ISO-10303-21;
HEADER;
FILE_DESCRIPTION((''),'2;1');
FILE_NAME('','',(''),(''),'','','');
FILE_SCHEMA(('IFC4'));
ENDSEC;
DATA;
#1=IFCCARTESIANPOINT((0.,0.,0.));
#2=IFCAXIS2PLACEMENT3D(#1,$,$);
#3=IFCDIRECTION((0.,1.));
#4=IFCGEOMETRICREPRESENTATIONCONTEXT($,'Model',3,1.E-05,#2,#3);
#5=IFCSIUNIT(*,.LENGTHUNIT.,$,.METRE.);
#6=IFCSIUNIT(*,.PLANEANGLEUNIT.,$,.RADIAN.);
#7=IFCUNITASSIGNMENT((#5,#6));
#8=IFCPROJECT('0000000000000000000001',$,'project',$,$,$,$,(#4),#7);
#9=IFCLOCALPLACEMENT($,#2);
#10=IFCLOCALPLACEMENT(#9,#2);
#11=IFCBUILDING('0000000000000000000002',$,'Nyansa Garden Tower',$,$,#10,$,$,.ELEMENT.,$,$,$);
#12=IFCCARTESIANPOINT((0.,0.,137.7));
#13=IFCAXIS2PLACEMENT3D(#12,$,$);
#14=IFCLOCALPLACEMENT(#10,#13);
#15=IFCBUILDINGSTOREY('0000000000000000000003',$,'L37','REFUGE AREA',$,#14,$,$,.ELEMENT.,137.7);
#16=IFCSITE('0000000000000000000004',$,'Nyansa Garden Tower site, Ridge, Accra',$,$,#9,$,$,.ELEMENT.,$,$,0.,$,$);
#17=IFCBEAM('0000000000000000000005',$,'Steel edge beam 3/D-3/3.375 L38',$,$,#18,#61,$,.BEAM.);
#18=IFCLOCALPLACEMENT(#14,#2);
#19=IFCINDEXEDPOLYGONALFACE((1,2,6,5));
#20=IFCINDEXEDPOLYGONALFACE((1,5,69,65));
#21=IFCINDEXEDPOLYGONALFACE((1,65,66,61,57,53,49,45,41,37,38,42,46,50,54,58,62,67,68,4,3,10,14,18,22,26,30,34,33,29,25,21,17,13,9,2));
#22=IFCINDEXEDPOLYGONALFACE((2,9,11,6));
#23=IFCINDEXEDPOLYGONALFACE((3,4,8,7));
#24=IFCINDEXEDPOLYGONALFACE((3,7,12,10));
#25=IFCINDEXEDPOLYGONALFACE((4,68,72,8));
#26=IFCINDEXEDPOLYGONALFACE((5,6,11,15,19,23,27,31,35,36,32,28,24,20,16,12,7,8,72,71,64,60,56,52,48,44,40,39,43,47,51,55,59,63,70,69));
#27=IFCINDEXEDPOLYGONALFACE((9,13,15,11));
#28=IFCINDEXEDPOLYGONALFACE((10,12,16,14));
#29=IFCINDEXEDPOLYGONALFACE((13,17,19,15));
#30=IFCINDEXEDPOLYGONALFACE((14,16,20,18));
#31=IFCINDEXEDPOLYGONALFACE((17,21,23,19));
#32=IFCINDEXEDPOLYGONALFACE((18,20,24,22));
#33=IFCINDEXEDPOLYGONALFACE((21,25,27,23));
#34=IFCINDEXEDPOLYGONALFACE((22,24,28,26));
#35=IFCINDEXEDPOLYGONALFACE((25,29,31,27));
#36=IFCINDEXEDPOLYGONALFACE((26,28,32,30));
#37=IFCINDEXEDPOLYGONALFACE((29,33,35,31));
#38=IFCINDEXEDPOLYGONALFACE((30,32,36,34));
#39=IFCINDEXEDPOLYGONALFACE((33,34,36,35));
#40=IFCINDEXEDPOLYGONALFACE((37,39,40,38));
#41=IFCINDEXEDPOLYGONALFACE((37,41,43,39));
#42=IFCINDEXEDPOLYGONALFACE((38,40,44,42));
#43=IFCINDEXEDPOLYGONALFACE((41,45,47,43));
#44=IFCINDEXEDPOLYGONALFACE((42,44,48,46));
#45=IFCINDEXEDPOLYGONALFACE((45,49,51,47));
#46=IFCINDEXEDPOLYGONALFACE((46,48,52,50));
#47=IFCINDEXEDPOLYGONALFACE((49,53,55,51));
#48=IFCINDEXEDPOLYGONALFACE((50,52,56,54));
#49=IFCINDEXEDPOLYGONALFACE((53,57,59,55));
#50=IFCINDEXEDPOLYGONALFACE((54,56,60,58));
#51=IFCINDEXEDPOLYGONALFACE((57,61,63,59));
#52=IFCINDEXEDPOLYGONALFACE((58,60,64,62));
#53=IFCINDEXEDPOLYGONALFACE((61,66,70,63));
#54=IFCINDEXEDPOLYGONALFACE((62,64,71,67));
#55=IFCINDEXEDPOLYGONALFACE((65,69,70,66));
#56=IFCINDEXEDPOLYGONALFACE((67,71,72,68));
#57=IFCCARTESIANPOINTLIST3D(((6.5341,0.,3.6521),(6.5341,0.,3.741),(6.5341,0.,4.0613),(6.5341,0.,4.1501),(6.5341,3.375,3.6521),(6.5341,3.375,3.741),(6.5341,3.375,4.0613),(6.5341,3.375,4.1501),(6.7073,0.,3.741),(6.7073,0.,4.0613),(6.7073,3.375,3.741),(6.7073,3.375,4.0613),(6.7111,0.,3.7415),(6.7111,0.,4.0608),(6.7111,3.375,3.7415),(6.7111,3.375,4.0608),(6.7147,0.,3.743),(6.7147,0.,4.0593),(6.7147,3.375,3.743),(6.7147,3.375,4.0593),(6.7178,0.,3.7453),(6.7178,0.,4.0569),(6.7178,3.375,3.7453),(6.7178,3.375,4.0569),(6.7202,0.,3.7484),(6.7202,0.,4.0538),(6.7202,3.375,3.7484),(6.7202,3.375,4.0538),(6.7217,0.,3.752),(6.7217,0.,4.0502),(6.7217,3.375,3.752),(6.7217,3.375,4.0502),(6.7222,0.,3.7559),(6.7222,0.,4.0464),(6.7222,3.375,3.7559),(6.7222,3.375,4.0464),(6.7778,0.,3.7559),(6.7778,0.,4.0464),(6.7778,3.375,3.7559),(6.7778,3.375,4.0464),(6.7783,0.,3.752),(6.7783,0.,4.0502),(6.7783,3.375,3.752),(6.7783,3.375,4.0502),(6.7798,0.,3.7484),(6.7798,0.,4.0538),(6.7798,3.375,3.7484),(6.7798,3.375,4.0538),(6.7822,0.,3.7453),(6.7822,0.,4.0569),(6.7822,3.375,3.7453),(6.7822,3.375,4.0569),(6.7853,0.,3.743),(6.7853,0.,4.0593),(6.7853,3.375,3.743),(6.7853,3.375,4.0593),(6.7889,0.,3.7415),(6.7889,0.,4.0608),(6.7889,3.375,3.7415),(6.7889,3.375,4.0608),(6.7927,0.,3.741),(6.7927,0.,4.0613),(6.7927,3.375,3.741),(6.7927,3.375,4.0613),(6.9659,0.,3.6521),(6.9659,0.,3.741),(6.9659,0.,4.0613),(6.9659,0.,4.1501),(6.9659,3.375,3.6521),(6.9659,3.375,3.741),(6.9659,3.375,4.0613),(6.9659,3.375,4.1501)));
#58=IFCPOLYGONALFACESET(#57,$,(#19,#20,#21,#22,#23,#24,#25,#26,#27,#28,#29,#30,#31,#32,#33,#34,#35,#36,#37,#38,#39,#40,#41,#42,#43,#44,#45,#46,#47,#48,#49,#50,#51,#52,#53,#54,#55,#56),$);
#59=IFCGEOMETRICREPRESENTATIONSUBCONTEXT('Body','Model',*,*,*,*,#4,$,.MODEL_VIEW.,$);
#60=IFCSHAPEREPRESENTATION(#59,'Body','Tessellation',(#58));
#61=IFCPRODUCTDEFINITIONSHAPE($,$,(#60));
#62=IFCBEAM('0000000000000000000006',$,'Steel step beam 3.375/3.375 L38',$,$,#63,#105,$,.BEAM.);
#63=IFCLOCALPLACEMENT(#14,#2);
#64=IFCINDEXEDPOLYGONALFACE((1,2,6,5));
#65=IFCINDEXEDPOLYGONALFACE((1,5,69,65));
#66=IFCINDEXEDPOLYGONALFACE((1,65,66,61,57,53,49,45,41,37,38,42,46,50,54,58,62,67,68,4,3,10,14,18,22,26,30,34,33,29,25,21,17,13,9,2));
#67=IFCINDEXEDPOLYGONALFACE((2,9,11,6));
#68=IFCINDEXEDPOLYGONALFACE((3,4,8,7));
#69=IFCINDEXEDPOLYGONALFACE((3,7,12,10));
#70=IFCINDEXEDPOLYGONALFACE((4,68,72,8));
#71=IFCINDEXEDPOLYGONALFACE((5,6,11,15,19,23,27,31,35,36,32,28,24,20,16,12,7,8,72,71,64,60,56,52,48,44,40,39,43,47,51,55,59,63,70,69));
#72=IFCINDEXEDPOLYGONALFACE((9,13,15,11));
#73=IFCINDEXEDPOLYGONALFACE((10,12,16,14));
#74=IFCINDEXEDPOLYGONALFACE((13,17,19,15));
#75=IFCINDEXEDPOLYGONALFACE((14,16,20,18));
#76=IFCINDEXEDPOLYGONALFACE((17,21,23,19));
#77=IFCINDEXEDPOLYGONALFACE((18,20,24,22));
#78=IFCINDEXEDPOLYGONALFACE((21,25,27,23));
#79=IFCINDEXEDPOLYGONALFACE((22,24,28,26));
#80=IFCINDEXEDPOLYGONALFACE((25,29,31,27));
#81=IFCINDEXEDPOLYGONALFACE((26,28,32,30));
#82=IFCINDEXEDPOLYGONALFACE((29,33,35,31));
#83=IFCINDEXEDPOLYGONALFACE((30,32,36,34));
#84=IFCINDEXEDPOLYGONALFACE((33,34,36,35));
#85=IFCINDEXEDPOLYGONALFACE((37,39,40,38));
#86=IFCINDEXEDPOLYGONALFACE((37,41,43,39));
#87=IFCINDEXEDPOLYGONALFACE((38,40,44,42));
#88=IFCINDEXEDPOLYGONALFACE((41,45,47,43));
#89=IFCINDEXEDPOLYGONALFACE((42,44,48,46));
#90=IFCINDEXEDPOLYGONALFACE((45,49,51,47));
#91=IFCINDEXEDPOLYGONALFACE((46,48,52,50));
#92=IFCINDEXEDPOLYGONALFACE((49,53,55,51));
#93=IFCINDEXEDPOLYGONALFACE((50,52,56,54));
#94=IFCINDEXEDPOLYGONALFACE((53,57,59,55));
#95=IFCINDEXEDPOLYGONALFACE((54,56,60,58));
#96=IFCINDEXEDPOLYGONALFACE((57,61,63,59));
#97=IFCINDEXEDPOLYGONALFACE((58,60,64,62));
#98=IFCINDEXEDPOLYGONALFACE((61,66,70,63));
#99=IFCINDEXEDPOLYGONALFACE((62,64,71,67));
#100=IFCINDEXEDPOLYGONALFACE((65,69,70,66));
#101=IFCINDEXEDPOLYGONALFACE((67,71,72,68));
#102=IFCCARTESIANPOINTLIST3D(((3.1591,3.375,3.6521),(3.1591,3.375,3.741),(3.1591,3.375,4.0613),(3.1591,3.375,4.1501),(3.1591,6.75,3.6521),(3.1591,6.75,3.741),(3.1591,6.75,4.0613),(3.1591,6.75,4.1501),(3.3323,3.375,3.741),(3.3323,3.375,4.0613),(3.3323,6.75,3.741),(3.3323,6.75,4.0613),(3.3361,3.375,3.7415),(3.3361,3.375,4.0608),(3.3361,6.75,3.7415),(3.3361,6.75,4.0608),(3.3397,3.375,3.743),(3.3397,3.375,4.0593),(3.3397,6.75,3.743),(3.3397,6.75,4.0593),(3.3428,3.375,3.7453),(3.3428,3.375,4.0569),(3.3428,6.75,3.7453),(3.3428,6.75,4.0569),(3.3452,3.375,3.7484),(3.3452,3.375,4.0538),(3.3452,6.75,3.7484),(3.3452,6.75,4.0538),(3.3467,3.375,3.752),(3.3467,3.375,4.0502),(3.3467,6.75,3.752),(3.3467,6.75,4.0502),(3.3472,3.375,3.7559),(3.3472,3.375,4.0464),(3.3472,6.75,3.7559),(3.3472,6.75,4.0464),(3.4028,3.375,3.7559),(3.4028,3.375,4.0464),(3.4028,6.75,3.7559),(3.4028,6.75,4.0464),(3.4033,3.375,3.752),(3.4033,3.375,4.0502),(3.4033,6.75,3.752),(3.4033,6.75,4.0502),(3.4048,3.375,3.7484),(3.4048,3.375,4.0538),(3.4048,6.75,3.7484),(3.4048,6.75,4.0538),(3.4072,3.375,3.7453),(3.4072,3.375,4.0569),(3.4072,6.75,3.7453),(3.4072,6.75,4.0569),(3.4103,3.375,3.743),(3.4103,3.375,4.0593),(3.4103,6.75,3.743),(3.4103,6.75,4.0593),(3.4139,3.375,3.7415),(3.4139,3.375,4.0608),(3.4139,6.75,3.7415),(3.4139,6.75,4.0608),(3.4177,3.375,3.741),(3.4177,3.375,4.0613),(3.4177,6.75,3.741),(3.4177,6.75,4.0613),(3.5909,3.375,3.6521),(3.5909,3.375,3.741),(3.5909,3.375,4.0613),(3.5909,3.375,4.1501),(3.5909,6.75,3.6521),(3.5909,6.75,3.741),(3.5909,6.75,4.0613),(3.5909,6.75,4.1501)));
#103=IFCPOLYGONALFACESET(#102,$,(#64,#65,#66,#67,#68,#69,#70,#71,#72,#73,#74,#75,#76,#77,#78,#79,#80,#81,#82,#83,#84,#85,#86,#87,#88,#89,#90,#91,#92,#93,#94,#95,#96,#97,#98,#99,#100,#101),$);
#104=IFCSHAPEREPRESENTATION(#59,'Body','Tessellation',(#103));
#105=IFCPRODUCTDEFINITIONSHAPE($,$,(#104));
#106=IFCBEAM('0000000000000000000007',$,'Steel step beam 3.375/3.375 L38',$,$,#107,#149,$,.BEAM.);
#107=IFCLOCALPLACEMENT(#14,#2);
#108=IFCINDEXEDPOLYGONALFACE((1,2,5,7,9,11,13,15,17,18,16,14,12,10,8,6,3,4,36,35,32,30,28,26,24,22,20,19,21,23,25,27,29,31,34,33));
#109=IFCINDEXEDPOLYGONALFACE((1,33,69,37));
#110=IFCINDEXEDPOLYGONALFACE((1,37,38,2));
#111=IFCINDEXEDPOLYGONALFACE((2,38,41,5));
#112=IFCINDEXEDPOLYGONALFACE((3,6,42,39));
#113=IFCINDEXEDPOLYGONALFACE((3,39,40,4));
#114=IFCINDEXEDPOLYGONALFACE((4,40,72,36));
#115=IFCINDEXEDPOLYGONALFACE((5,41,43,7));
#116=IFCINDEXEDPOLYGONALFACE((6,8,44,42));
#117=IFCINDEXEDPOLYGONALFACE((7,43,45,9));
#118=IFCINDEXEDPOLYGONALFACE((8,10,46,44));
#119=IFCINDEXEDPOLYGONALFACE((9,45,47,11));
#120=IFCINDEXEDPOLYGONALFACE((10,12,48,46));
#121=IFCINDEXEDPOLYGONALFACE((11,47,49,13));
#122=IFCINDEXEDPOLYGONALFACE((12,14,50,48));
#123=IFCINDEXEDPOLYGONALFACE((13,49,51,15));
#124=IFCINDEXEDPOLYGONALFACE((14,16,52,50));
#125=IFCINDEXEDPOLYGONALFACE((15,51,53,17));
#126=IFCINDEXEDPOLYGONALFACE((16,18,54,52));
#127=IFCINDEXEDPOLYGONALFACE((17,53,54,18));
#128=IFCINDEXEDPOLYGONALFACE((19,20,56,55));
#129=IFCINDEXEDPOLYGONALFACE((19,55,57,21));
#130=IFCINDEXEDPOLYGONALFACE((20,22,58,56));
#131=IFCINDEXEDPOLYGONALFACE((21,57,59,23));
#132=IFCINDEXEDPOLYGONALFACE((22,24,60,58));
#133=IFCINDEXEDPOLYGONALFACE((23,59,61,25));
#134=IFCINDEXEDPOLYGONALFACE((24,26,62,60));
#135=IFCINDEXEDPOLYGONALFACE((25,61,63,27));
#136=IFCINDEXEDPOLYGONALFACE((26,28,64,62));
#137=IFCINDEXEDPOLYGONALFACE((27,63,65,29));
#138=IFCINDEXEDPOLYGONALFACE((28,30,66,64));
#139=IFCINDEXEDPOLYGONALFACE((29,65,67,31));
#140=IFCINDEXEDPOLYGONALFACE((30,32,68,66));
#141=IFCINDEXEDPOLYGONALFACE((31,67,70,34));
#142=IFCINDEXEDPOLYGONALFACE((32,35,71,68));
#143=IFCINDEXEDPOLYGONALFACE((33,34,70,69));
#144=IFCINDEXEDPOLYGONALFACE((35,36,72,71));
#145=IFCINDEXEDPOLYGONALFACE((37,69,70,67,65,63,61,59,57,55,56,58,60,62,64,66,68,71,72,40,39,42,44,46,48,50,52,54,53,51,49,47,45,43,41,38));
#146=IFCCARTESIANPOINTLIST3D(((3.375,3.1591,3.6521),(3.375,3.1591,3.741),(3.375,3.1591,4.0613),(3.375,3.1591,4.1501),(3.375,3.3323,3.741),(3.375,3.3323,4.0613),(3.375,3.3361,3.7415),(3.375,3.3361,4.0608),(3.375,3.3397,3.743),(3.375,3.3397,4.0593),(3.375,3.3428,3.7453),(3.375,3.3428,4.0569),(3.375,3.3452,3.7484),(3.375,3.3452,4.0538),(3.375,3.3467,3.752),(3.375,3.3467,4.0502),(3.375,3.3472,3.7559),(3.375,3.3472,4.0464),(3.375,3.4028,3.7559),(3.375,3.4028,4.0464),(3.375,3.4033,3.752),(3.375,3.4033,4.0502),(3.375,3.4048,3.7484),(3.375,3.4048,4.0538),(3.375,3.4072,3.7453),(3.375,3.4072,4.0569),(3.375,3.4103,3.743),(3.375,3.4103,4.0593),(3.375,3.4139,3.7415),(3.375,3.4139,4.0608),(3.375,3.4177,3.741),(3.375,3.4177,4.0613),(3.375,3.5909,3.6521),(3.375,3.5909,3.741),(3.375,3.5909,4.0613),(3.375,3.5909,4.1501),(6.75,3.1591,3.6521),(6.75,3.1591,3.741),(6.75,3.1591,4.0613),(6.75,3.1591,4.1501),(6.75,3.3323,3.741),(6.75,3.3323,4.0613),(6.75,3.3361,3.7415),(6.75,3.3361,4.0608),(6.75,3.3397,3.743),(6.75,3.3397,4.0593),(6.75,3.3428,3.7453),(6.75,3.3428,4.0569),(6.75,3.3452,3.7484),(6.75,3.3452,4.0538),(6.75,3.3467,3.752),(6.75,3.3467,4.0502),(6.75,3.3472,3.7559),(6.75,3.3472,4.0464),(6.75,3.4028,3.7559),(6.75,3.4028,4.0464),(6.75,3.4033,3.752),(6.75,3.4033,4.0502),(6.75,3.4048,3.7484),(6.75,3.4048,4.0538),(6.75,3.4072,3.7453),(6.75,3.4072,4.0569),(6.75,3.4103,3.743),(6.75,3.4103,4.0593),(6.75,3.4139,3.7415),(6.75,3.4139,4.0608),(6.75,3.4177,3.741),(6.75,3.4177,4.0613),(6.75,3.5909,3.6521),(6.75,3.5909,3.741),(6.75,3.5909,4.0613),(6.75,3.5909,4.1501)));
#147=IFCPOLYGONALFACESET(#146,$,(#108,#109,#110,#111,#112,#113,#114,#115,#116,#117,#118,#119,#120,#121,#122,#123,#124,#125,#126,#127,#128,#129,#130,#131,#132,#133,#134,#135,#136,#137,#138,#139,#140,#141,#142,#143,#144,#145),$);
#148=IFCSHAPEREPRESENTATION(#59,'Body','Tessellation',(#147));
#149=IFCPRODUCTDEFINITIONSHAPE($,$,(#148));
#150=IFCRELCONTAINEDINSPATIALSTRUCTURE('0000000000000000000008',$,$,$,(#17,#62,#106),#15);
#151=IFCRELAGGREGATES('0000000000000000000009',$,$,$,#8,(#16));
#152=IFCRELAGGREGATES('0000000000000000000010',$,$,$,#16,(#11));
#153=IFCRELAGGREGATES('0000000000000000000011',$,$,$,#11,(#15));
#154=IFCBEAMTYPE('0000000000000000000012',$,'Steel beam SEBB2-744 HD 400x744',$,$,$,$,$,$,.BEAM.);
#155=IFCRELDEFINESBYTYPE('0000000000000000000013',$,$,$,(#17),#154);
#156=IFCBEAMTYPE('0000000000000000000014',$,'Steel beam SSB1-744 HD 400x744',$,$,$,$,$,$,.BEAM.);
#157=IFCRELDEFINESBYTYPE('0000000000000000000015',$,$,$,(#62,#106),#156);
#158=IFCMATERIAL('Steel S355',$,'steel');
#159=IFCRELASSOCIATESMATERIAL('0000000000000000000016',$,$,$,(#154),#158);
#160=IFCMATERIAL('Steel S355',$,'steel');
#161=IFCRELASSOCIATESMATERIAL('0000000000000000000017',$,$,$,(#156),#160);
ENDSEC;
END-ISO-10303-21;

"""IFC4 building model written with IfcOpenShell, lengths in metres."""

from ifc_helpers import new_model, si_unit, direction, frame, origin, origin_2d, place, context, subcontext, project, spatial, i_section, extrude, material, material_profile, profile_set, type_object, element, save


model = new_model("IFC4")

# Units and contexts
model_context = context("Model", 3, precision=1e-05, world=origin(), true_north=direction((0.0, 1.0)))
body_context = subcontext(model_context, "Body", "Model", "MODEL_VIEW")
ifc_project = project(units=[si_unit("LENGTHUNIT", "METRE"), si_unit("PLANEANGLEUNIT", "RADIAN")], contexts=[model_context])

# Site, building, storey
site_placement = place(None, origin())
site = spatial("IfcSite", under=ifc_project, at=site_placement, Name="Nyansa Garden Tower site, Ridge, Accra", CompositionType="ELEMENT", RefElevation=0.0)
building_placement = place(site_placement, origin())
building = spatial("IfcBuilding", under=site, at=building_placement, Name="Nyansa Garden Tower", CompositionType="ELEMENT")
storey_placement = place(building_placement, frame((0.0, 0.0, 137.7)))
storey = spatial("IfcBuildingStorey", under=building, at=storey_placement, Name="L37", Description="REFUGE AREA", CompositionType="ELEMENT", Elevation=137.7)

# Beams
ifc_material_1 = material(Name="Steel S355", Category="steel")
ifc_material_profile_1 = material_profile(ifc_material_1, i_section(OverallWidth=0.4319, OverallDepth=0.498, WebThickness=0.0557, FlangeThickness=0.0889, FilletRadius=0.0149, at=origin_2d()), Name="HD 400x744")
ifc_profile_set_1 = profile_set([ifc_material_profile_1], Name="Steel S355")
beam_type_1 = type_object("IfcBeamType", Name="Steel beam SEBB2-744 HD 400x744", PredefinedType="BEAM", material=ifc_profile_set_1)
beam_1_placement = place(storey_placement, frame((6.75, 0.0, 3.9011), z_axis=(0.0, 1.0, 0.0), x_axis=(-1.0, 0.0, 0.0)))
element("IfcBeam", 1, at=beam_1_placement, inside=storey, type_object=beam_type_1, Name="Steel edge beam 3/D-3/3.375 L38", PredefinedType="BEAM", context=body_context, shape_type="SweptSolid", body=[
    extrude(i_section(OverallWidth=0.4319, OverallDepth=0.498, WebThickness=0.0557, FlangeThickness=0.0889, FilletRadius=0.0149, at=origin_2d()), origin(), (0.0, 0.0, 1.0), 3.375),
])
ifc_material_2 = material(Name="Steel S355", Category="steel")
ifc_material_profile_2 = material_profile(ifc_material_2, i_section(OverallWidth=0.4319, OverallDepth=0.498, WebThickness=0.0557, FlangeThickness=0.0889, FilletRadius=0.0149, at=origin_2d()), Name="HD 400x744")
ifc_profile_set_2 = profile_set([ifc_material_profile_2], Name="Steel S355")
beam_type_2 = type_object("IfcBeamType", Name="Steel beam SSB1-744 HD 400x744", PredefinedType="BEAM", material=ifc_profile_set_2)
for number, where, z_axis, x_axis, name in (
    (2, (3.375, 3.375, 3.9011), (0.0, 1.0, 0.0), (-1.0, 0.0, 0.0), "Steel step beam 3.375/3.375 L38"),
    (3, (3.375, 3.375, 3.9011), (1.0, 0.0, 0.0), (0.0, 1.0, 0.0), "Steel step beam 3.375/3.375 L38"),
):
    element("IfcBeam", number, at=place(storey_placement, frame(where, z_axis=z_axis, x_axis=x_axis)), inside=storey, type_object=beam_type_2, Name=name, PredefinedType="BEAM", context=body_context, shape_type="SweptSolid", body=[
        extrude(i_section(OverallWidth=0.4319, OverallDepth=0.498, WebThickness=0.0557, FlangeThickness=0.0889, FilletRadius=0.0149, at=origin_2d()), origin(), (0.0, 0.0, 1.0), 3.375),
    ])

save(model, "model.ifc")
